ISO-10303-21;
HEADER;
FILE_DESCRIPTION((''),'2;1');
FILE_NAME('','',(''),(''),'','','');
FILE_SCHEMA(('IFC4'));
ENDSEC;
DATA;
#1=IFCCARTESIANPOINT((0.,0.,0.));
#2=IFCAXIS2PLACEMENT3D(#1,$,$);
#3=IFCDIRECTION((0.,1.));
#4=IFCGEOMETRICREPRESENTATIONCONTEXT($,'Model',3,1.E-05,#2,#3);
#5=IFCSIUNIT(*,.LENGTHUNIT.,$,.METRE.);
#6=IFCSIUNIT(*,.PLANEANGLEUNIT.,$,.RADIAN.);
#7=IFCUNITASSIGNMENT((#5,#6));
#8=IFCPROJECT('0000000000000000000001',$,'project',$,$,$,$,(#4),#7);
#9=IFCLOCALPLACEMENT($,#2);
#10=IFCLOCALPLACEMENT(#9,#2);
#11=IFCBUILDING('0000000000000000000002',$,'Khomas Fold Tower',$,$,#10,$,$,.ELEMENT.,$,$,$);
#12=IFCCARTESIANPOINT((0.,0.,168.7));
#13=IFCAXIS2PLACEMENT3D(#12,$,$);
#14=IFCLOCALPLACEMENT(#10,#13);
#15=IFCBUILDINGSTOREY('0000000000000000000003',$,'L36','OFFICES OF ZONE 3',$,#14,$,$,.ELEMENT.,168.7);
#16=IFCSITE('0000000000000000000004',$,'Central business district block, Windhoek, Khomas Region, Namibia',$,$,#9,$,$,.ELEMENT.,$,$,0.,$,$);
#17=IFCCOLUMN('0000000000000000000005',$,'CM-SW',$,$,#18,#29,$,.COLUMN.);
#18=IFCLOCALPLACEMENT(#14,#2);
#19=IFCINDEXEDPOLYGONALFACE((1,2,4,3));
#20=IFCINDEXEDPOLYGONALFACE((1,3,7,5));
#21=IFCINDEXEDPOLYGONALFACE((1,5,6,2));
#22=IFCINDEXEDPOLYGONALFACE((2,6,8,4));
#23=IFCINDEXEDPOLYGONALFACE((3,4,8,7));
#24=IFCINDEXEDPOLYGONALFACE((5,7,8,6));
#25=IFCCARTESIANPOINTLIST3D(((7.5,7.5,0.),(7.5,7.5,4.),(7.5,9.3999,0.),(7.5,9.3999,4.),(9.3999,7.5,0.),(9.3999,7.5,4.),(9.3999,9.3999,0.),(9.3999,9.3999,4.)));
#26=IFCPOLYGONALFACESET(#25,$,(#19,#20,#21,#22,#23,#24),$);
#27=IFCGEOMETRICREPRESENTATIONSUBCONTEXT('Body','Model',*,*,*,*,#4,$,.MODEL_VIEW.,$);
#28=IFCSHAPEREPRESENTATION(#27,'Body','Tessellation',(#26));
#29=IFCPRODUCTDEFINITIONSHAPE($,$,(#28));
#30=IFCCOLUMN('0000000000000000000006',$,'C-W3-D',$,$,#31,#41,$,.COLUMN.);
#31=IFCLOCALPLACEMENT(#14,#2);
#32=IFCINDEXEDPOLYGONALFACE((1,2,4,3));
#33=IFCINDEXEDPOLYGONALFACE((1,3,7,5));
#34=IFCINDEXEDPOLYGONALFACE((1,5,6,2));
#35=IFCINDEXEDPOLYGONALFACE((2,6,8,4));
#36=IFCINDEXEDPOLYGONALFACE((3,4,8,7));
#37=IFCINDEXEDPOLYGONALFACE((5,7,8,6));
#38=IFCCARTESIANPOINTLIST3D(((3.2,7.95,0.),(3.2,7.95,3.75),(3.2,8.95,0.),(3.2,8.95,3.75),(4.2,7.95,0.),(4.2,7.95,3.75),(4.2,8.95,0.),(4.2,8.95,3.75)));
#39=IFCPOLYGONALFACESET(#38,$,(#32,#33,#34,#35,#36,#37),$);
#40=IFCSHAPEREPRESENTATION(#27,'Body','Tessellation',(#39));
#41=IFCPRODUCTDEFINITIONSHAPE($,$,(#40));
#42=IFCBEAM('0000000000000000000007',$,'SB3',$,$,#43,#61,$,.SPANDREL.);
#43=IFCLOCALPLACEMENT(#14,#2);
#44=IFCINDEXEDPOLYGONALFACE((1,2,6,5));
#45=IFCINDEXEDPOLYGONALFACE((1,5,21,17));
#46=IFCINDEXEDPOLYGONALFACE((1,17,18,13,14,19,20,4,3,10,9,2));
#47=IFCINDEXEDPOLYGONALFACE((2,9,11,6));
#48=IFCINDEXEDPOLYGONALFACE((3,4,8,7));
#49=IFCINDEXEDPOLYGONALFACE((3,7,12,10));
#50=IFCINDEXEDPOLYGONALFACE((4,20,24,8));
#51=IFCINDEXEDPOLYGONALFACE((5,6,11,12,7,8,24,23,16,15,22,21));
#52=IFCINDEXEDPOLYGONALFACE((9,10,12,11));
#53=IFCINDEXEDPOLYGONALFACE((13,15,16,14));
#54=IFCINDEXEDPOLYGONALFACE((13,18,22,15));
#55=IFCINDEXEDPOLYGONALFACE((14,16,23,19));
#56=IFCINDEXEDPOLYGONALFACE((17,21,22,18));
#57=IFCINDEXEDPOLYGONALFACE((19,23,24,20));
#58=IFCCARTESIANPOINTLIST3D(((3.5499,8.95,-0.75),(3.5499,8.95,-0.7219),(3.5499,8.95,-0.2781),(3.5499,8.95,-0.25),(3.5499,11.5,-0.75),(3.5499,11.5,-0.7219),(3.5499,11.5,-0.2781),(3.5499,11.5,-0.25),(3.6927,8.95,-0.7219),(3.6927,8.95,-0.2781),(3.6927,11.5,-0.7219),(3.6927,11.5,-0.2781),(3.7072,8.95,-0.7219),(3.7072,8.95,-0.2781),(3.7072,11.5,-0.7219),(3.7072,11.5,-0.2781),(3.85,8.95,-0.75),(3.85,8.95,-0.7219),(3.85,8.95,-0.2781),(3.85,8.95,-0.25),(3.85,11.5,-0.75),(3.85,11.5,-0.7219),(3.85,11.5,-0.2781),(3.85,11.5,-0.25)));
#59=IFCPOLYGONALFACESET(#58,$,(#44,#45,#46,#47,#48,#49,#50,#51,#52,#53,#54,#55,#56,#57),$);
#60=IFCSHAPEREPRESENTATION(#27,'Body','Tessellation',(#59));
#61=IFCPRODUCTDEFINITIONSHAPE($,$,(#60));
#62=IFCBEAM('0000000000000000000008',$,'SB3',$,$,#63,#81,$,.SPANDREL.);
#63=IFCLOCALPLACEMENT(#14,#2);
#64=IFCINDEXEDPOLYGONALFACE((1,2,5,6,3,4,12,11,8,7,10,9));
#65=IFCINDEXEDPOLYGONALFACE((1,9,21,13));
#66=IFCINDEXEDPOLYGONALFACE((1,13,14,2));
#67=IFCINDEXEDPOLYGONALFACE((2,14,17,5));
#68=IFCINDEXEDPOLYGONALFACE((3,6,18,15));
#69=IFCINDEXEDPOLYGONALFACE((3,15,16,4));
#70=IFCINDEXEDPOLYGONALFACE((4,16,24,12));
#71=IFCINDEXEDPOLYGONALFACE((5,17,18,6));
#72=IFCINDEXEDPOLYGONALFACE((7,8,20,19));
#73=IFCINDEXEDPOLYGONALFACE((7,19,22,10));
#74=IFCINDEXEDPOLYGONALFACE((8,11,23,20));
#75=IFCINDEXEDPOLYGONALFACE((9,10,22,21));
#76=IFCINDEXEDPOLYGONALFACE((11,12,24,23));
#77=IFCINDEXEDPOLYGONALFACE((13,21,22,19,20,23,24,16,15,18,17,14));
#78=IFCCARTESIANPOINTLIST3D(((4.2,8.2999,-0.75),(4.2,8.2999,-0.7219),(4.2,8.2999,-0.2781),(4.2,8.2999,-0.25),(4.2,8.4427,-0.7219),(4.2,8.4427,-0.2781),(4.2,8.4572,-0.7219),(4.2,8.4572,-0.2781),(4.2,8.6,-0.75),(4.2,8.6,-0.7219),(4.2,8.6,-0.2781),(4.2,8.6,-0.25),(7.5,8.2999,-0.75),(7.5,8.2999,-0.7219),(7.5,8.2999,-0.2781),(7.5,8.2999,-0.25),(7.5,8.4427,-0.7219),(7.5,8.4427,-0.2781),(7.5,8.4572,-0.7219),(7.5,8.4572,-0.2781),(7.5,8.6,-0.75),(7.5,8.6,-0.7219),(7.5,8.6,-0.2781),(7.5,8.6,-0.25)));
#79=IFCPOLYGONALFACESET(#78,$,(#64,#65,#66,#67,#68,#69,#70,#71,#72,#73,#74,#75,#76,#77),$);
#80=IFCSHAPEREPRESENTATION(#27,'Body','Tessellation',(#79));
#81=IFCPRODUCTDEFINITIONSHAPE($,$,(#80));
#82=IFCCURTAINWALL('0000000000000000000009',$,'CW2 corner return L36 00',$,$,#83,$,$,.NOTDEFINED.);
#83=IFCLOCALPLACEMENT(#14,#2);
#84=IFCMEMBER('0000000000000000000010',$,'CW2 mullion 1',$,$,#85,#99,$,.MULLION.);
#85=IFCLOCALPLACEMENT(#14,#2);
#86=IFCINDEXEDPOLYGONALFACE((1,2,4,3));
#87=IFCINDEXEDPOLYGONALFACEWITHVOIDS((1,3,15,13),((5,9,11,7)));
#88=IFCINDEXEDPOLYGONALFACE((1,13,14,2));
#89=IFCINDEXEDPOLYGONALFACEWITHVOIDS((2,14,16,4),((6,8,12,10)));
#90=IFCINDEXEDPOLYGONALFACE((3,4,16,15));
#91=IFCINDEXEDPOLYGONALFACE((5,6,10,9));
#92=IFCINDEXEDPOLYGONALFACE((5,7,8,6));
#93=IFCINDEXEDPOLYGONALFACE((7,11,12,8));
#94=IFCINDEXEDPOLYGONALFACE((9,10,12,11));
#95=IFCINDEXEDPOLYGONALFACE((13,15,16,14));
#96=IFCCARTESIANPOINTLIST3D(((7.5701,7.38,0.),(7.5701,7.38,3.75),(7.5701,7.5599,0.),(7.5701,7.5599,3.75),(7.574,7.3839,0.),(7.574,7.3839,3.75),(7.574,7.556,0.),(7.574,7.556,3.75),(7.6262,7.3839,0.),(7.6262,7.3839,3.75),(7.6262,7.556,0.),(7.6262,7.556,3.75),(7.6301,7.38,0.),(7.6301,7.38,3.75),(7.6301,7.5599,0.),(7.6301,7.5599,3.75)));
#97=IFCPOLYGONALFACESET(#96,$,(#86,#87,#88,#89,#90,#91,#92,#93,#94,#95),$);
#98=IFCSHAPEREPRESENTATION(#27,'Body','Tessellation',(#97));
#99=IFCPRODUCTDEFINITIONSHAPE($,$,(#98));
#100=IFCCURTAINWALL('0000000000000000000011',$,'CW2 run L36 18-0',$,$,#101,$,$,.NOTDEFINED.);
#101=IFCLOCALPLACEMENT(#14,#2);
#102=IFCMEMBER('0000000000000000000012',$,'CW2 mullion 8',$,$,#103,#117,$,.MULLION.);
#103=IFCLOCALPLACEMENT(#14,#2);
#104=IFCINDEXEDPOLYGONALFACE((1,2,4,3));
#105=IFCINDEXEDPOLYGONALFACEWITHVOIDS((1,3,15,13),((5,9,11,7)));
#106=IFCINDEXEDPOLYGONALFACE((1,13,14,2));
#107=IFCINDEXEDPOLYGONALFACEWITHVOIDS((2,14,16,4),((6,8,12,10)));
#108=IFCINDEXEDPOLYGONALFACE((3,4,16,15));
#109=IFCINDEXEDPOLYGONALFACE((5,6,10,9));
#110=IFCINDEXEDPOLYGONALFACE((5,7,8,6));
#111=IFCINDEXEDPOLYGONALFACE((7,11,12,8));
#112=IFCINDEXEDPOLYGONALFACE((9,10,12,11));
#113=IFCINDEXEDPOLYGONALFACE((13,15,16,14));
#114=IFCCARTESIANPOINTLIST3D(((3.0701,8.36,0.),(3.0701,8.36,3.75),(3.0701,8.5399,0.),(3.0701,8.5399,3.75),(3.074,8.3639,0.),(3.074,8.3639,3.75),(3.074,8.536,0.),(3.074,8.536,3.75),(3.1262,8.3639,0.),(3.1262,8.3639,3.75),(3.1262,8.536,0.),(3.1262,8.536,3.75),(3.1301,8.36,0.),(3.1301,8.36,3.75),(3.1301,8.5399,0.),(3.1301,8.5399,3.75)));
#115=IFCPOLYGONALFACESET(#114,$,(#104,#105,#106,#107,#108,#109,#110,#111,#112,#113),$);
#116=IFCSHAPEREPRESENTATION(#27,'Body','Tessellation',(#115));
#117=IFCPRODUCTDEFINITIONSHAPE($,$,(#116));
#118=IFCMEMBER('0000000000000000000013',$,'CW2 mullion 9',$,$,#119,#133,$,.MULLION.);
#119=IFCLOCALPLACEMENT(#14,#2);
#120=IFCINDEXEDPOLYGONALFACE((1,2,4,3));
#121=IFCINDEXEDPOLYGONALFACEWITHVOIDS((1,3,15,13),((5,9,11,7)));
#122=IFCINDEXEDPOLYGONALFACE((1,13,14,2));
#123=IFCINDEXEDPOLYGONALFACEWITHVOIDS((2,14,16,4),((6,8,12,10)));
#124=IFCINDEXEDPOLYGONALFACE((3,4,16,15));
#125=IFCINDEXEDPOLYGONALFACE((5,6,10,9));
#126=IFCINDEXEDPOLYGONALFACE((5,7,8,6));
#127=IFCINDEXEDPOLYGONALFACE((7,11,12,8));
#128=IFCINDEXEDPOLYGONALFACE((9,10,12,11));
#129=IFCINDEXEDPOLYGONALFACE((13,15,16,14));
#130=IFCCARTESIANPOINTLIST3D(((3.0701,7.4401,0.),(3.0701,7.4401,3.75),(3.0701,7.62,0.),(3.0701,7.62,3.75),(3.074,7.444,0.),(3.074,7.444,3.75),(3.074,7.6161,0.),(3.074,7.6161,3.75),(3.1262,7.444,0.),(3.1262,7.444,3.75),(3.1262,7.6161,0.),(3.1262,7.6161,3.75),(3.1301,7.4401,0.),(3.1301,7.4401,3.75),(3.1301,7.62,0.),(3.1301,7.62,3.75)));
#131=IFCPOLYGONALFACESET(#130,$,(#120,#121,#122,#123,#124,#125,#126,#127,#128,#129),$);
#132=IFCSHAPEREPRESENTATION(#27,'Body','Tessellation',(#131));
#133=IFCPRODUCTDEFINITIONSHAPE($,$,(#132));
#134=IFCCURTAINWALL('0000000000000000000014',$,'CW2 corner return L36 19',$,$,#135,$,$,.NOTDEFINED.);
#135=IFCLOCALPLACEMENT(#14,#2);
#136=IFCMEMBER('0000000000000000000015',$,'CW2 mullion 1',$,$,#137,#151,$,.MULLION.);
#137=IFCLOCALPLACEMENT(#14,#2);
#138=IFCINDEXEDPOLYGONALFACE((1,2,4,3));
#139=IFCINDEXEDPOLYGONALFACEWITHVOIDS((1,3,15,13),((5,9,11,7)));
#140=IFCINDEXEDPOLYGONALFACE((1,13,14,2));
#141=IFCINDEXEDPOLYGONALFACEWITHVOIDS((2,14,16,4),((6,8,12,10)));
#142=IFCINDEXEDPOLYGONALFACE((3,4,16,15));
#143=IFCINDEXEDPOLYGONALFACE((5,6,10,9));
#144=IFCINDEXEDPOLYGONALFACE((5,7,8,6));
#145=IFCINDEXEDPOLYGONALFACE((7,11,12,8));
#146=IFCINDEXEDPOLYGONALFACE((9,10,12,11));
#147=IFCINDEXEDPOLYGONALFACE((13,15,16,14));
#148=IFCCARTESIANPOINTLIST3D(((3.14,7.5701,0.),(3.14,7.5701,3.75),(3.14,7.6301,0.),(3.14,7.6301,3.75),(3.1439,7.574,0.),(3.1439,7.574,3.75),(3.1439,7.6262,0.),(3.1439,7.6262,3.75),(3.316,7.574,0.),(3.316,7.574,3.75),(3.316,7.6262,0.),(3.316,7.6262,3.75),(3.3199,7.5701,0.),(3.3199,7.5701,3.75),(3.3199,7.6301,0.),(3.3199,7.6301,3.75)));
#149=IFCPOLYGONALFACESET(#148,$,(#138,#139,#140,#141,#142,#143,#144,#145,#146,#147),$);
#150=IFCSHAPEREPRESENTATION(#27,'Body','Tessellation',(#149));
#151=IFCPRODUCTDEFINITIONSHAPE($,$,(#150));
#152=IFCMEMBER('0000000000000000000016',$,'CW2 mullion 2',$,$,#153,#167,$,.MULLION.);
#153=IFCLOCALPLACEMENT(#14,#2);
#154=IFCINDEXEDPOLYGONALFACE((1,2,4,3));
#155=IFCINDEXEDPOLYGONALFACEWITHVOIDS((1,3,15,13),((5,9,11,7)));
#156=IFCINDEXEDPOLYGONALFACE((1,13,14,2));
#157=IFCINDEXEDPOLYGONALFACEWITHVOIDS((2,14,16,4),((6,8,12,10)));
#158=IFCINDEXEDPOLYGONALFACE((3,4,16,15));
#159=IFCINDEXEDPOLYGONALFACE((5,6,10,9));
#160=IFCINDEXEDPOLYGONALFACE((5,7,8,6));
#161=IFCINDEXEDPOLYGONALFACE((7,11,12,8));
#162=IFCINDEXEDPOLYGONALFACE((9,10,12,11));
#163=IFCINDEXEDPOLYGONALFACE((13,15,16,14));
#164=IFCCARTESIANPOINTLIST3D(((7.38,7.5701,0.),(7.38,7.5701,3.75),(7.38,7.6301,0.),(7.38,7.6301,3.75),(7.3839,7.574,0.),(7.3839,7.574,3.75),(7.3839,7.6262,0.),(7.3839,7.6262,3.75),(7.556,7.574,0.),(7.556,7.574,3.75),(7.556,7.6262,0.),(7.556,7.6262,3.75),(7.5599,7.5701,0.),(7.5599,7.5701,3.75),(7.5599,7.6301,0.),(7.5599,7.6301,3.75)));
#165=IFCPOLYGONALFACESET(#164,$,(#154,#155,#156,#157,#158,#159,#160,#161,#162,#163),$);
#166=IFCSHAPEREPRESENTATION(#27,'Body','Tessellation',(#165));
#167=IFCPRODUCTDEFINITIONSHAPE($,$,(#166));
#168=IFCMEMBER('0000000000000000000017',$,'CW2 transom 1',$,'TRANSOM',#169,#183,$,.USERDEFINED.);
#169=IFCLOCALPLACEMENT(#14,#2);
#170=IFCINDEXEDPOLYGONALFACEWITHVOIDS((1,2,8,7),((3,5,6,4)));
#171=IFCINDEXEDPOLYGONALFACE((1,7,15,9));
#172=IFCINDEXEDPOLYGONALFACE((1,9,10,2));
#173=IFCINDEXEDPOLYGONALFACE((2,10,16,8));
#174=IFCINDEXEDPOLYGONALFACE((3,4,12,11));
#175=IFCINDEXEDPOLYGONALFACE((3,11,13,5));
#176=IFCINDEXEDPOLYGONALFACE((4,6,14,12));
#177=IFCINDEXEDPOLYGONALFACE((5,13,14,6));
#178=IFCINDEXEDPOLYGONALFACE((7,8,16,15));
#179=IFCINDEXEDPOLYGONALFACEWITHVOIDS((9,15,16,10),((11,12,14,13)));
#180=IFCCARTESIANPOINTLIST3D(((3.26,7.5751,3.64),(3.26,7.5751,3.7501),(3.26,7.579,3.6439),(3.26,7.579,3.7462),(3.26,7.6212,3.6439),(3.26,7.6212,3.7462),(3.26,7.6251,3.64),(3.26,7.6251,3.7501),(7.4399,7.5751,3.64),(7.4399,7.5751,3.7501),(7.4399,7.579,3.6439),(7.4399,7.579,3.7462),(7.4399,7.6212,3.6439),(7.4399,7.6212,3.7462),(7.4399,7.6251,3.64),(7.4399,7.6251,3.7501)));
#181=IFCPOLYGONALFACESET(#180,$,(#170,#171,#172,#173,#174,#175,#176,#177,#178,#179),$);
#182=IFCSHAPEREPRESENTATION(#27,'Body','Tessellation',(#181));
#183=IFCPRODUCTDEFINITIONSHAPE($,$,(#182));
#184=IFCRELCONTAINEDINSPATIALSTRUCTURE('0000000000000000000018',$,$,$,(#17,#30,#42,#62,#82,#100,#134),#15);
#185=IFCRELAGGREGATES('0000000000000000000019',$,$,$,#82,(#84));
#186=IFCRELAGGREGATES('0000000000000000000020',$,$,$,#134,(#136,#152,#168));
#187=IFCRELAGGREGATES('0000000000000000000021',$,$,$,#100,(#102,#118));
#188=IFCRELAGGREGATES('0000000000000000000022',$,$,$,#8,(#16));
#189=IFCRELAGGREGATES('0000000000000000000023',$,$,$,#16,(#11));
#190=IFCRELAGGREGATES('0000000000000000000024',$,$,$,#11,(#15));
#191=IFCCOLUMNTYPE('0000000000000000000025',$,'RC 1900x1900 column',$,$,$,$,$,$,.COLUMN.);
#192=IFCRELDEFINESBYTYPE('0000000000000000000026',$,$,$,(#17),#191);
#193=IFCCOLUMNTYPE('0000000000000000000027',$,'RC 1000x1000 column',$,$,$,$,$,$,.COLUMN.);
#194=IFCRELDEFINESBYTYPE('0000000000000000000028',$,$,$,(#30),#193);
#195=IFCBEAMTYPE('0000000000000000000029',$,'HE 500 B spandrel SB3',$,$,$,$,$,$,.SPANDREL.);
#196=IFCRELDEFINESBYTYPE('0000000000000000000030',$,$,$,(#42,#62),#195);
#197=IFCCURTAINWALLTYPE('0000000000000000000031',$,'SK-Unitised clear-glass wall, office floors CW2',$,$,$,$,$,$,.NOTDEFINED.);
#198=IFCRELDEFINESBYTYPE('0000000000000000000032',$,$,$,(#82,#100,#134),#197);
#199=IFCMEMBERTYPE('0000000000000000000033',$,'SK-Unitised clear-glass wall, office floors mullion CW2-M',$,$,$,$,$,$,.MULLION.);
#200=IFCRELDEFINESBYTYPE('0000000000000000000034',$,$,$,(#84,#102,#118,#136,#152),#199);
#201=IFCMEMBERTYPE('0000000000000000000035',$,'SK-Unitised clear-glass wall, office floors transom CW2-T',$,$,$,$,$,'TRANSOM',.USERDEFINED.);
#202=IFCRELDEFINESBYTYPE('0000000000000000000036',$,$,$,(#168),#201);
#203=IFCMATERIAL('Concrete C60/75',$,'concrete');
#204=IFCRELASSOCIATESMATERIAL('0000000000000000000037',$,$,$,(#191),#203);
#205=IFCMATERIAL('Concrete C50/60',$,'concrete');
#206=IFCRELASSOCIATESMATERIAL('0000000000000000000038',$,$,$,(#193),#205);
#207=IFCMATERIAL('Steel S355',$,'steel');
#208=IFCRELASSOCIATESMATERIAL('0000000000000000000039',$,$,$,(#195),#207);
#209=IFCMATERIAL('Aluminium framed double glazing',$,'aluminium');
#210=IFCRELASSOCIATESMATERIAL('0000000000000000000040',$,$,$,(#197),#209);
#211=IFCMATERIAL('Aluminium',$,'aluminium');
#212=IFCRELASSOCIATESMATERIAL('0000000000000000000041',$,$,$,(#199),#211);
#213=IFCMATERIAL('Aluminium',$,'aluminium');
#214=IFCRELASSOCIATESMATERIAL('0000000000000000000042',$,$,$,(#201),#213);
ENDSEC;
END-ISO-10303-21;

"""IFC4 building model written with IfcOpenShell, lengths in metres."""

from ifc_helpers import new_model, si_unit, direction, frame, origin, origin_2d, place, context, subcontext, project, spatial, rectangle, hollow_rectangle, i_section, extrude, source, transform, mapped, material, material_profile, profile_set, type_object, element, aggregate, save


model = new_model("IFC4")

# Units and contexts
model_context = context("Model", 3, precision=1e-05, world=origin(), true_north=direction((0.0, 1.0)))
body_context = subcontext(model_context, "Body", "Model", "MODEL_VIEW")
ifc_project = project(units=[si_unit("LENGTHUNIT", "METRE"), si_unit("PLANEANGLEUNIT", "RADIAN")], contexts=[model_context])

# Site, building, storey
site_placement = place(None, origin())
site = spatial("IfcSite", under=ifc_project, at=site_placement, Name="Central business district block, Windhoek, Khomas Region, Namibia", CompositionType="ELEMENT", RefElevation=0.0)
building_placement = place(site_placement, origin())
building = spatial("IfcBuilding", under=site, at=building_placement, Name="Khomas Fold Tower", CompositionType="ELEMENT")
storey_placement = place(building_placement, frame((0.0, 0.0, 168.7)))
storey = spatial("IfcBuildingStorey", under=building, at=storey_placement, Name="L36", Description="OFFICES OF ZONE 3", CompositionType="ELEMENT", Elevation=168.7)

# Columns
ifc_material_1 = material(Name="Concrete C60/75", Category="concrete")
ifc_material_profile_1 = material_profile(ifc_material_1, rectangle(XDim=1.8999, YDim=1.8999, at=origin_2d()), Name="RC 1900x1900")
ifc_profile_set_1 = profile_set([ifc_material_profile_1], Name="Concrete C60/75")
column_type_1 = type_object("IfcColumnType", Name="RC 1900x1900 column", PredefinedType="COLUMN", material=ifc_profile_set_1)
shared_shape_1 = source(origin(), body_context, "Body", "SweptSolid", [
    extrude(rectangle(XDim=1.8999, YDim=1.8999, at=origin_2d()), origin(), (0.0, 0.0, 1.0), 4.0),
])
column_1_placement = place(storey_placement, frame((8.45, 8.45, 0.0), z_axis=(0.0, 0.0, 1.0), x_axis=(1.0, 0.0, 0.0)))
element("IfcColumn", 1, at=column_1_placement, inside=storey, type_object=column_type_1, Name="CM-SW", PredefinedType="COLUMN", context=body_context, shape_type="MappedRepresentation", body=[
    mapped(shared_shape_1, transform((0.0, 0.0, 0.0))),
])
ifc_material_2 = material(Name="Concrete C50/60", Category="concrete")
ifc_material_profile_2 = material_profile(ifc_material_2, rectangle(XDim=1.0, YDim=1.0, at=origin_2d()), Name="RC 1000x1000")
ifc_profile_set_2 = profile_set([ifc_material_profile_2], Name="Concrete C50/60")
column_type_2 = type_object("IfcColumnType", Name="RC 1000x1000 column", PredefinedType="COLUMN", material=ifc_profile_set_2)
shared_shape_2 = source(origin(), body_context, "Body", "SweptSolid", [
    extrude(rectangle(XDim=1.0, YDim=1.0, at=origin_2d()), origin(), (0.0, 0.0, 1.0), 3.75),
])
column_2_placement = place(storey_placement, frame((3.7, 8.45, 0.0), z_axis=(0.0, 0.0, 1.0), x_axis=(1.0, 0.0, 0.0)))
element("IfcColumn", 2, at=column_2_placement, inside=storey, type_object=column_type_2, Name="C-W3-D", PredefinedType="COLUMN", context=body_context, shape_type="MappedRepresentation", body=[
    mapped(shared_shape_2, transform((0.0, 0.0, 0.0))),
])

# Beams
ifc_material_3 = material(Name="Steel S355", Category="steel")
ifc_material_profile_3 = material_profile(ifc_material_3, i_section(OverallWidth=0.3, OverallDepth=0.5, WebThickness=0.0144, FlangeThickness=0.0281, at=origin_2d()), Name="HE 500 B")
ifc_profile_set_3 = profile_set([ifc_material_profile_3], Name="Steel S355")
beam_type = type_object("IfcBeamType", Name="HE 500 B spandrel SB3", PredefinedType="SPANDREL", material=ifc_profile_set_3)
shared_shape_3 = source(origin(), body_context, "Body", "SweptSolid", [
    extrude(i_section(OverallWidth=0.3, OverallDepth=0.5, WebThickness=0.0144, FlangeThickness=0.0281, at=origin_2d()), origin(), (0.0, 0.0, 1.0), 2.55),
])
beam_1_placement = place(storey_placement, frame((3.7, 8.95, -0.5), z_axis=(0.0, 1.0, 0.0), x_axis=(-1.0, 0.0, 0.0)))
element("IfcBeam", 3, at=beam_1_placement, inside=storey, type_object=beam_type, Name="SB3", PredefinedType="SPANDREL", context=body_context, shape_type="MappedRepresentation", body=[
    mapped(shared_shape_3, transform((0.0, 0.0, 0.0))),
])
shared_shape_4 = source(origin(), body_context, "Body", "SweptSolid", [
    extrude(i_section(OverallWidth=0.3, OverallDepth=0.5, WebThickness=0.0144, FlangeThickness=0.0281, at=origin_2d()), origin(), (0.0, 0.0, 1.0), 3.3),
])
beam_2_placement = place(storey_placement, frame((4.2, 8.45, -0.5), z_axis=(1.0, 0.0, 0.0), x_axis=(0.0, 1.0, 0.0)))
element("IfcBeam", 4, at=beam_2_placement, inside=storey, type_object=beam_type, Name="SB3", PredefinedType="SPANDREL", context=body_context, shape_type="MappedRepresentation", body=[
    mapped(shared_shape_4, transform((0.0, 0.0, 0.0))),
])

# Curtain wall, member
ifc_material_4 = material(Name="Aluminium framed double glazing", Category="aluminium")
curtain_wall_type = type_object("IfcCurtainWallType", Name="SK-Unitised clear-glass wall, office floors CW2", PredefinedType="NOTDEFINED", material=ifc_material_4)
curtain_wall_1_placement = place(storey_placement, origin())
curtain_wall_1 = element("IfcCurtainWall", 5, at=curtain_wall_1_placement, inside=storey, type_object=curtain_wall_type, Name="CW2 corner return L36 00", PredefinedType="NOTDEFINED")
ifc_material_5 = material(Name="Aluminium", Category="aluminium")
ifc_material_profile_4 = material_profile(ifc_material_5, hollow_rectangle(XDim=0.0601, YDim=0.1799, WallThickness=0.0039, at=origin_2d()), Name="SK-Unitised clear-glass wall, office floors mullion CW2-M")
ifc_profile_set_4 = profile_set([ifc_material_profile_4], Name="Aluminium")
member_type_1 = type_object("IfcMemberType", Name="SK-Unitised clear-glass wall, office floors mullion CW2-M", PredefinedType="MULLION", material=ifc_profile_set_4)
shared_shape_5 = source(origin(), body_context, "Body", "SweptSolid", [
    extrude(hollow_rectangle(XDim=0.0601, YDim=0.1799, WallThickness=0.0039, at=origin_2d()), origin(), (0.0, 0.0, 1.0), 3.75),
])
member_1_placement = place(storey_placement, frame((7.6001, 7.47, 0.0), z_axis=(0.0, 0.0, 1.0), x_axis=(1.0, 0.0, 0.0)))
member_1 = element("IfcMember", 6, at=member_1_placement, type_object=member_type_1, Name="CW2 mullion 1", PredefinedType="MULLION", context=body_context, shape_type="MappedRepresentation", body=[
    mapped(shared_shape_5, transform((0.0, 0.0, 0.0))),
])
aggregate(curtain_wall_1, [member_1])

# Curtain walls, members
curtain_wall_2_placement = place(storey_placement, origin())
curtain_wall_2 = element("IfcCurtainWall", 7, at=curtain_wall_2_placement, inside=storey, type_object=curtain_wall_type, Name="CW2 run L36 18-0", PredefinedType="NOTDEFINED")
member_2_placement = place(storey_placement, frame((3.1001, 8.45, 0.0), z_axis=(0.0, 0.0, 1.0), x_axis=(1.0, 0.0, 0.0)))
member_2 = element("IfcMember", 8, at=member_2_placement, type_object=member_type_1, Name="CW2 mullion 8", PredefinedType="MULLION", context=body_context, shape_type="MappedRepresentation", body=[
    mapped(shared_shape_5, transform((0.0, 0.0, 0.0))),
])
member_3_placement = place(storey_placement, frame((3.1001, 7.53, 0.0), z_axis=(0.0, 0.0, 1.0), x_axis=(1.0, 0.0, 0.0)))
member_3 = element("IfcMember", 9, at=member_3_placement, type_object=member_type_1, Name="CW2 mullion 9", PredefinedType="MULLION", context=body_context, shape_type="MappedRepresentation", body=[
    mapped(shared_shape_5, transform((0.0, 0.0, 0.0))),
])
curtain_wall_3_placement = place(storey_placement, origin())
curtain_wall_3 = element("IfcCurtainWall", 10, at=curtain_wall_3_placement, inside=storey, type_object=curtain_wall_type, Name="CW2 corner return L36 19", PredefinedType="NOTDEFINED")
member_4_placement = place(storey_placement, frame((3.23, 7.6001, 0.0), z_axis=(0.0, 0.0, 1.0), x_axis=(0.0, 1.0, 0.0)))
member_4 = element("IfcMember", 11, at=member_4_placement, type_object=member_type_1, Name="CW2 mullion 1", PredefinedType="MULLION", context=body_context, shape_type="MappedRepresentation", body=[
    mapped(shared_shape_5, transform((0.0, 0.0, 0.0))),
])
member_5_placement = place(storey_placement, frame((7.47, 7.6001, 0.0), z_axis=(0.0, 0.0, 1.0), x_axis=(0.0, 1.0, 0.0)))
member_5 = element("IfcMember", 12, at=member_5_placement, type_object=member_type_1, Name="CW2 mullion 2", PredefinedType="MULLION", context=body_context, shape_type="MappedRepresentation", body=[
    mapped(shared_shape_5, transform((0.0, 0.0, 0.0))),
])
ifc_material_6 = material(Name="Aluminium", Category="aluminium")
ifc_material_profile_5 = material_profile(ifc_material_6, hollow_rectangle(XDim=0.05, YDim=0.1101, WallThickness=0.0039, at=origin_2d()), Name="SK-Unitised clear-glass wall, office floors transom CW2-T")
ifc_profile_set_5 = profile_set([ifc_material_profile_5], Name="Aluminium")
member_type_2 = type_object("IfcMemberType", Name="SK-Unitised clear-glass wall, office floors transom CW2-T", ElementType="TRANSOM", PredefinedType="USERDEFINED", material=ifc_profile_set_5)
shared_shape_6 = source(origin(), body_context, "Body", "SweptSolid", [
    extrude(hollow_rectangle(XDim=0.05, YDim=0.1101, WallThickness=0.0039, at=origin_2d()), origin(), (0.0, 0.0, 1.0), 4.1799),
])
member_6_placement = place(storey_placement, frame((3.26, 7.6001, 3.6951), z_axis=(1.0, 0.0, 0.0), x_axis=(0.0, 1.0, 0.0)))
member_6 = element("IfcMember", 13, at=member_6_placement, type_object=member_type_2, Name="CW2 transom 1", ObjectType="TRANSOM", PredefinedType="USERDEFINED", context=body_context, shape_type="MappedRepresentation", body=[
    mapped(shared_shape_6, transform((0.0, 0.0, 0.0))),
])

aggregate(curtain_wall_3, [member_4, member_5, member_6])
aggregate(curtain_wall_2, [member_2, member_3])

save(model, "model.ifc")
